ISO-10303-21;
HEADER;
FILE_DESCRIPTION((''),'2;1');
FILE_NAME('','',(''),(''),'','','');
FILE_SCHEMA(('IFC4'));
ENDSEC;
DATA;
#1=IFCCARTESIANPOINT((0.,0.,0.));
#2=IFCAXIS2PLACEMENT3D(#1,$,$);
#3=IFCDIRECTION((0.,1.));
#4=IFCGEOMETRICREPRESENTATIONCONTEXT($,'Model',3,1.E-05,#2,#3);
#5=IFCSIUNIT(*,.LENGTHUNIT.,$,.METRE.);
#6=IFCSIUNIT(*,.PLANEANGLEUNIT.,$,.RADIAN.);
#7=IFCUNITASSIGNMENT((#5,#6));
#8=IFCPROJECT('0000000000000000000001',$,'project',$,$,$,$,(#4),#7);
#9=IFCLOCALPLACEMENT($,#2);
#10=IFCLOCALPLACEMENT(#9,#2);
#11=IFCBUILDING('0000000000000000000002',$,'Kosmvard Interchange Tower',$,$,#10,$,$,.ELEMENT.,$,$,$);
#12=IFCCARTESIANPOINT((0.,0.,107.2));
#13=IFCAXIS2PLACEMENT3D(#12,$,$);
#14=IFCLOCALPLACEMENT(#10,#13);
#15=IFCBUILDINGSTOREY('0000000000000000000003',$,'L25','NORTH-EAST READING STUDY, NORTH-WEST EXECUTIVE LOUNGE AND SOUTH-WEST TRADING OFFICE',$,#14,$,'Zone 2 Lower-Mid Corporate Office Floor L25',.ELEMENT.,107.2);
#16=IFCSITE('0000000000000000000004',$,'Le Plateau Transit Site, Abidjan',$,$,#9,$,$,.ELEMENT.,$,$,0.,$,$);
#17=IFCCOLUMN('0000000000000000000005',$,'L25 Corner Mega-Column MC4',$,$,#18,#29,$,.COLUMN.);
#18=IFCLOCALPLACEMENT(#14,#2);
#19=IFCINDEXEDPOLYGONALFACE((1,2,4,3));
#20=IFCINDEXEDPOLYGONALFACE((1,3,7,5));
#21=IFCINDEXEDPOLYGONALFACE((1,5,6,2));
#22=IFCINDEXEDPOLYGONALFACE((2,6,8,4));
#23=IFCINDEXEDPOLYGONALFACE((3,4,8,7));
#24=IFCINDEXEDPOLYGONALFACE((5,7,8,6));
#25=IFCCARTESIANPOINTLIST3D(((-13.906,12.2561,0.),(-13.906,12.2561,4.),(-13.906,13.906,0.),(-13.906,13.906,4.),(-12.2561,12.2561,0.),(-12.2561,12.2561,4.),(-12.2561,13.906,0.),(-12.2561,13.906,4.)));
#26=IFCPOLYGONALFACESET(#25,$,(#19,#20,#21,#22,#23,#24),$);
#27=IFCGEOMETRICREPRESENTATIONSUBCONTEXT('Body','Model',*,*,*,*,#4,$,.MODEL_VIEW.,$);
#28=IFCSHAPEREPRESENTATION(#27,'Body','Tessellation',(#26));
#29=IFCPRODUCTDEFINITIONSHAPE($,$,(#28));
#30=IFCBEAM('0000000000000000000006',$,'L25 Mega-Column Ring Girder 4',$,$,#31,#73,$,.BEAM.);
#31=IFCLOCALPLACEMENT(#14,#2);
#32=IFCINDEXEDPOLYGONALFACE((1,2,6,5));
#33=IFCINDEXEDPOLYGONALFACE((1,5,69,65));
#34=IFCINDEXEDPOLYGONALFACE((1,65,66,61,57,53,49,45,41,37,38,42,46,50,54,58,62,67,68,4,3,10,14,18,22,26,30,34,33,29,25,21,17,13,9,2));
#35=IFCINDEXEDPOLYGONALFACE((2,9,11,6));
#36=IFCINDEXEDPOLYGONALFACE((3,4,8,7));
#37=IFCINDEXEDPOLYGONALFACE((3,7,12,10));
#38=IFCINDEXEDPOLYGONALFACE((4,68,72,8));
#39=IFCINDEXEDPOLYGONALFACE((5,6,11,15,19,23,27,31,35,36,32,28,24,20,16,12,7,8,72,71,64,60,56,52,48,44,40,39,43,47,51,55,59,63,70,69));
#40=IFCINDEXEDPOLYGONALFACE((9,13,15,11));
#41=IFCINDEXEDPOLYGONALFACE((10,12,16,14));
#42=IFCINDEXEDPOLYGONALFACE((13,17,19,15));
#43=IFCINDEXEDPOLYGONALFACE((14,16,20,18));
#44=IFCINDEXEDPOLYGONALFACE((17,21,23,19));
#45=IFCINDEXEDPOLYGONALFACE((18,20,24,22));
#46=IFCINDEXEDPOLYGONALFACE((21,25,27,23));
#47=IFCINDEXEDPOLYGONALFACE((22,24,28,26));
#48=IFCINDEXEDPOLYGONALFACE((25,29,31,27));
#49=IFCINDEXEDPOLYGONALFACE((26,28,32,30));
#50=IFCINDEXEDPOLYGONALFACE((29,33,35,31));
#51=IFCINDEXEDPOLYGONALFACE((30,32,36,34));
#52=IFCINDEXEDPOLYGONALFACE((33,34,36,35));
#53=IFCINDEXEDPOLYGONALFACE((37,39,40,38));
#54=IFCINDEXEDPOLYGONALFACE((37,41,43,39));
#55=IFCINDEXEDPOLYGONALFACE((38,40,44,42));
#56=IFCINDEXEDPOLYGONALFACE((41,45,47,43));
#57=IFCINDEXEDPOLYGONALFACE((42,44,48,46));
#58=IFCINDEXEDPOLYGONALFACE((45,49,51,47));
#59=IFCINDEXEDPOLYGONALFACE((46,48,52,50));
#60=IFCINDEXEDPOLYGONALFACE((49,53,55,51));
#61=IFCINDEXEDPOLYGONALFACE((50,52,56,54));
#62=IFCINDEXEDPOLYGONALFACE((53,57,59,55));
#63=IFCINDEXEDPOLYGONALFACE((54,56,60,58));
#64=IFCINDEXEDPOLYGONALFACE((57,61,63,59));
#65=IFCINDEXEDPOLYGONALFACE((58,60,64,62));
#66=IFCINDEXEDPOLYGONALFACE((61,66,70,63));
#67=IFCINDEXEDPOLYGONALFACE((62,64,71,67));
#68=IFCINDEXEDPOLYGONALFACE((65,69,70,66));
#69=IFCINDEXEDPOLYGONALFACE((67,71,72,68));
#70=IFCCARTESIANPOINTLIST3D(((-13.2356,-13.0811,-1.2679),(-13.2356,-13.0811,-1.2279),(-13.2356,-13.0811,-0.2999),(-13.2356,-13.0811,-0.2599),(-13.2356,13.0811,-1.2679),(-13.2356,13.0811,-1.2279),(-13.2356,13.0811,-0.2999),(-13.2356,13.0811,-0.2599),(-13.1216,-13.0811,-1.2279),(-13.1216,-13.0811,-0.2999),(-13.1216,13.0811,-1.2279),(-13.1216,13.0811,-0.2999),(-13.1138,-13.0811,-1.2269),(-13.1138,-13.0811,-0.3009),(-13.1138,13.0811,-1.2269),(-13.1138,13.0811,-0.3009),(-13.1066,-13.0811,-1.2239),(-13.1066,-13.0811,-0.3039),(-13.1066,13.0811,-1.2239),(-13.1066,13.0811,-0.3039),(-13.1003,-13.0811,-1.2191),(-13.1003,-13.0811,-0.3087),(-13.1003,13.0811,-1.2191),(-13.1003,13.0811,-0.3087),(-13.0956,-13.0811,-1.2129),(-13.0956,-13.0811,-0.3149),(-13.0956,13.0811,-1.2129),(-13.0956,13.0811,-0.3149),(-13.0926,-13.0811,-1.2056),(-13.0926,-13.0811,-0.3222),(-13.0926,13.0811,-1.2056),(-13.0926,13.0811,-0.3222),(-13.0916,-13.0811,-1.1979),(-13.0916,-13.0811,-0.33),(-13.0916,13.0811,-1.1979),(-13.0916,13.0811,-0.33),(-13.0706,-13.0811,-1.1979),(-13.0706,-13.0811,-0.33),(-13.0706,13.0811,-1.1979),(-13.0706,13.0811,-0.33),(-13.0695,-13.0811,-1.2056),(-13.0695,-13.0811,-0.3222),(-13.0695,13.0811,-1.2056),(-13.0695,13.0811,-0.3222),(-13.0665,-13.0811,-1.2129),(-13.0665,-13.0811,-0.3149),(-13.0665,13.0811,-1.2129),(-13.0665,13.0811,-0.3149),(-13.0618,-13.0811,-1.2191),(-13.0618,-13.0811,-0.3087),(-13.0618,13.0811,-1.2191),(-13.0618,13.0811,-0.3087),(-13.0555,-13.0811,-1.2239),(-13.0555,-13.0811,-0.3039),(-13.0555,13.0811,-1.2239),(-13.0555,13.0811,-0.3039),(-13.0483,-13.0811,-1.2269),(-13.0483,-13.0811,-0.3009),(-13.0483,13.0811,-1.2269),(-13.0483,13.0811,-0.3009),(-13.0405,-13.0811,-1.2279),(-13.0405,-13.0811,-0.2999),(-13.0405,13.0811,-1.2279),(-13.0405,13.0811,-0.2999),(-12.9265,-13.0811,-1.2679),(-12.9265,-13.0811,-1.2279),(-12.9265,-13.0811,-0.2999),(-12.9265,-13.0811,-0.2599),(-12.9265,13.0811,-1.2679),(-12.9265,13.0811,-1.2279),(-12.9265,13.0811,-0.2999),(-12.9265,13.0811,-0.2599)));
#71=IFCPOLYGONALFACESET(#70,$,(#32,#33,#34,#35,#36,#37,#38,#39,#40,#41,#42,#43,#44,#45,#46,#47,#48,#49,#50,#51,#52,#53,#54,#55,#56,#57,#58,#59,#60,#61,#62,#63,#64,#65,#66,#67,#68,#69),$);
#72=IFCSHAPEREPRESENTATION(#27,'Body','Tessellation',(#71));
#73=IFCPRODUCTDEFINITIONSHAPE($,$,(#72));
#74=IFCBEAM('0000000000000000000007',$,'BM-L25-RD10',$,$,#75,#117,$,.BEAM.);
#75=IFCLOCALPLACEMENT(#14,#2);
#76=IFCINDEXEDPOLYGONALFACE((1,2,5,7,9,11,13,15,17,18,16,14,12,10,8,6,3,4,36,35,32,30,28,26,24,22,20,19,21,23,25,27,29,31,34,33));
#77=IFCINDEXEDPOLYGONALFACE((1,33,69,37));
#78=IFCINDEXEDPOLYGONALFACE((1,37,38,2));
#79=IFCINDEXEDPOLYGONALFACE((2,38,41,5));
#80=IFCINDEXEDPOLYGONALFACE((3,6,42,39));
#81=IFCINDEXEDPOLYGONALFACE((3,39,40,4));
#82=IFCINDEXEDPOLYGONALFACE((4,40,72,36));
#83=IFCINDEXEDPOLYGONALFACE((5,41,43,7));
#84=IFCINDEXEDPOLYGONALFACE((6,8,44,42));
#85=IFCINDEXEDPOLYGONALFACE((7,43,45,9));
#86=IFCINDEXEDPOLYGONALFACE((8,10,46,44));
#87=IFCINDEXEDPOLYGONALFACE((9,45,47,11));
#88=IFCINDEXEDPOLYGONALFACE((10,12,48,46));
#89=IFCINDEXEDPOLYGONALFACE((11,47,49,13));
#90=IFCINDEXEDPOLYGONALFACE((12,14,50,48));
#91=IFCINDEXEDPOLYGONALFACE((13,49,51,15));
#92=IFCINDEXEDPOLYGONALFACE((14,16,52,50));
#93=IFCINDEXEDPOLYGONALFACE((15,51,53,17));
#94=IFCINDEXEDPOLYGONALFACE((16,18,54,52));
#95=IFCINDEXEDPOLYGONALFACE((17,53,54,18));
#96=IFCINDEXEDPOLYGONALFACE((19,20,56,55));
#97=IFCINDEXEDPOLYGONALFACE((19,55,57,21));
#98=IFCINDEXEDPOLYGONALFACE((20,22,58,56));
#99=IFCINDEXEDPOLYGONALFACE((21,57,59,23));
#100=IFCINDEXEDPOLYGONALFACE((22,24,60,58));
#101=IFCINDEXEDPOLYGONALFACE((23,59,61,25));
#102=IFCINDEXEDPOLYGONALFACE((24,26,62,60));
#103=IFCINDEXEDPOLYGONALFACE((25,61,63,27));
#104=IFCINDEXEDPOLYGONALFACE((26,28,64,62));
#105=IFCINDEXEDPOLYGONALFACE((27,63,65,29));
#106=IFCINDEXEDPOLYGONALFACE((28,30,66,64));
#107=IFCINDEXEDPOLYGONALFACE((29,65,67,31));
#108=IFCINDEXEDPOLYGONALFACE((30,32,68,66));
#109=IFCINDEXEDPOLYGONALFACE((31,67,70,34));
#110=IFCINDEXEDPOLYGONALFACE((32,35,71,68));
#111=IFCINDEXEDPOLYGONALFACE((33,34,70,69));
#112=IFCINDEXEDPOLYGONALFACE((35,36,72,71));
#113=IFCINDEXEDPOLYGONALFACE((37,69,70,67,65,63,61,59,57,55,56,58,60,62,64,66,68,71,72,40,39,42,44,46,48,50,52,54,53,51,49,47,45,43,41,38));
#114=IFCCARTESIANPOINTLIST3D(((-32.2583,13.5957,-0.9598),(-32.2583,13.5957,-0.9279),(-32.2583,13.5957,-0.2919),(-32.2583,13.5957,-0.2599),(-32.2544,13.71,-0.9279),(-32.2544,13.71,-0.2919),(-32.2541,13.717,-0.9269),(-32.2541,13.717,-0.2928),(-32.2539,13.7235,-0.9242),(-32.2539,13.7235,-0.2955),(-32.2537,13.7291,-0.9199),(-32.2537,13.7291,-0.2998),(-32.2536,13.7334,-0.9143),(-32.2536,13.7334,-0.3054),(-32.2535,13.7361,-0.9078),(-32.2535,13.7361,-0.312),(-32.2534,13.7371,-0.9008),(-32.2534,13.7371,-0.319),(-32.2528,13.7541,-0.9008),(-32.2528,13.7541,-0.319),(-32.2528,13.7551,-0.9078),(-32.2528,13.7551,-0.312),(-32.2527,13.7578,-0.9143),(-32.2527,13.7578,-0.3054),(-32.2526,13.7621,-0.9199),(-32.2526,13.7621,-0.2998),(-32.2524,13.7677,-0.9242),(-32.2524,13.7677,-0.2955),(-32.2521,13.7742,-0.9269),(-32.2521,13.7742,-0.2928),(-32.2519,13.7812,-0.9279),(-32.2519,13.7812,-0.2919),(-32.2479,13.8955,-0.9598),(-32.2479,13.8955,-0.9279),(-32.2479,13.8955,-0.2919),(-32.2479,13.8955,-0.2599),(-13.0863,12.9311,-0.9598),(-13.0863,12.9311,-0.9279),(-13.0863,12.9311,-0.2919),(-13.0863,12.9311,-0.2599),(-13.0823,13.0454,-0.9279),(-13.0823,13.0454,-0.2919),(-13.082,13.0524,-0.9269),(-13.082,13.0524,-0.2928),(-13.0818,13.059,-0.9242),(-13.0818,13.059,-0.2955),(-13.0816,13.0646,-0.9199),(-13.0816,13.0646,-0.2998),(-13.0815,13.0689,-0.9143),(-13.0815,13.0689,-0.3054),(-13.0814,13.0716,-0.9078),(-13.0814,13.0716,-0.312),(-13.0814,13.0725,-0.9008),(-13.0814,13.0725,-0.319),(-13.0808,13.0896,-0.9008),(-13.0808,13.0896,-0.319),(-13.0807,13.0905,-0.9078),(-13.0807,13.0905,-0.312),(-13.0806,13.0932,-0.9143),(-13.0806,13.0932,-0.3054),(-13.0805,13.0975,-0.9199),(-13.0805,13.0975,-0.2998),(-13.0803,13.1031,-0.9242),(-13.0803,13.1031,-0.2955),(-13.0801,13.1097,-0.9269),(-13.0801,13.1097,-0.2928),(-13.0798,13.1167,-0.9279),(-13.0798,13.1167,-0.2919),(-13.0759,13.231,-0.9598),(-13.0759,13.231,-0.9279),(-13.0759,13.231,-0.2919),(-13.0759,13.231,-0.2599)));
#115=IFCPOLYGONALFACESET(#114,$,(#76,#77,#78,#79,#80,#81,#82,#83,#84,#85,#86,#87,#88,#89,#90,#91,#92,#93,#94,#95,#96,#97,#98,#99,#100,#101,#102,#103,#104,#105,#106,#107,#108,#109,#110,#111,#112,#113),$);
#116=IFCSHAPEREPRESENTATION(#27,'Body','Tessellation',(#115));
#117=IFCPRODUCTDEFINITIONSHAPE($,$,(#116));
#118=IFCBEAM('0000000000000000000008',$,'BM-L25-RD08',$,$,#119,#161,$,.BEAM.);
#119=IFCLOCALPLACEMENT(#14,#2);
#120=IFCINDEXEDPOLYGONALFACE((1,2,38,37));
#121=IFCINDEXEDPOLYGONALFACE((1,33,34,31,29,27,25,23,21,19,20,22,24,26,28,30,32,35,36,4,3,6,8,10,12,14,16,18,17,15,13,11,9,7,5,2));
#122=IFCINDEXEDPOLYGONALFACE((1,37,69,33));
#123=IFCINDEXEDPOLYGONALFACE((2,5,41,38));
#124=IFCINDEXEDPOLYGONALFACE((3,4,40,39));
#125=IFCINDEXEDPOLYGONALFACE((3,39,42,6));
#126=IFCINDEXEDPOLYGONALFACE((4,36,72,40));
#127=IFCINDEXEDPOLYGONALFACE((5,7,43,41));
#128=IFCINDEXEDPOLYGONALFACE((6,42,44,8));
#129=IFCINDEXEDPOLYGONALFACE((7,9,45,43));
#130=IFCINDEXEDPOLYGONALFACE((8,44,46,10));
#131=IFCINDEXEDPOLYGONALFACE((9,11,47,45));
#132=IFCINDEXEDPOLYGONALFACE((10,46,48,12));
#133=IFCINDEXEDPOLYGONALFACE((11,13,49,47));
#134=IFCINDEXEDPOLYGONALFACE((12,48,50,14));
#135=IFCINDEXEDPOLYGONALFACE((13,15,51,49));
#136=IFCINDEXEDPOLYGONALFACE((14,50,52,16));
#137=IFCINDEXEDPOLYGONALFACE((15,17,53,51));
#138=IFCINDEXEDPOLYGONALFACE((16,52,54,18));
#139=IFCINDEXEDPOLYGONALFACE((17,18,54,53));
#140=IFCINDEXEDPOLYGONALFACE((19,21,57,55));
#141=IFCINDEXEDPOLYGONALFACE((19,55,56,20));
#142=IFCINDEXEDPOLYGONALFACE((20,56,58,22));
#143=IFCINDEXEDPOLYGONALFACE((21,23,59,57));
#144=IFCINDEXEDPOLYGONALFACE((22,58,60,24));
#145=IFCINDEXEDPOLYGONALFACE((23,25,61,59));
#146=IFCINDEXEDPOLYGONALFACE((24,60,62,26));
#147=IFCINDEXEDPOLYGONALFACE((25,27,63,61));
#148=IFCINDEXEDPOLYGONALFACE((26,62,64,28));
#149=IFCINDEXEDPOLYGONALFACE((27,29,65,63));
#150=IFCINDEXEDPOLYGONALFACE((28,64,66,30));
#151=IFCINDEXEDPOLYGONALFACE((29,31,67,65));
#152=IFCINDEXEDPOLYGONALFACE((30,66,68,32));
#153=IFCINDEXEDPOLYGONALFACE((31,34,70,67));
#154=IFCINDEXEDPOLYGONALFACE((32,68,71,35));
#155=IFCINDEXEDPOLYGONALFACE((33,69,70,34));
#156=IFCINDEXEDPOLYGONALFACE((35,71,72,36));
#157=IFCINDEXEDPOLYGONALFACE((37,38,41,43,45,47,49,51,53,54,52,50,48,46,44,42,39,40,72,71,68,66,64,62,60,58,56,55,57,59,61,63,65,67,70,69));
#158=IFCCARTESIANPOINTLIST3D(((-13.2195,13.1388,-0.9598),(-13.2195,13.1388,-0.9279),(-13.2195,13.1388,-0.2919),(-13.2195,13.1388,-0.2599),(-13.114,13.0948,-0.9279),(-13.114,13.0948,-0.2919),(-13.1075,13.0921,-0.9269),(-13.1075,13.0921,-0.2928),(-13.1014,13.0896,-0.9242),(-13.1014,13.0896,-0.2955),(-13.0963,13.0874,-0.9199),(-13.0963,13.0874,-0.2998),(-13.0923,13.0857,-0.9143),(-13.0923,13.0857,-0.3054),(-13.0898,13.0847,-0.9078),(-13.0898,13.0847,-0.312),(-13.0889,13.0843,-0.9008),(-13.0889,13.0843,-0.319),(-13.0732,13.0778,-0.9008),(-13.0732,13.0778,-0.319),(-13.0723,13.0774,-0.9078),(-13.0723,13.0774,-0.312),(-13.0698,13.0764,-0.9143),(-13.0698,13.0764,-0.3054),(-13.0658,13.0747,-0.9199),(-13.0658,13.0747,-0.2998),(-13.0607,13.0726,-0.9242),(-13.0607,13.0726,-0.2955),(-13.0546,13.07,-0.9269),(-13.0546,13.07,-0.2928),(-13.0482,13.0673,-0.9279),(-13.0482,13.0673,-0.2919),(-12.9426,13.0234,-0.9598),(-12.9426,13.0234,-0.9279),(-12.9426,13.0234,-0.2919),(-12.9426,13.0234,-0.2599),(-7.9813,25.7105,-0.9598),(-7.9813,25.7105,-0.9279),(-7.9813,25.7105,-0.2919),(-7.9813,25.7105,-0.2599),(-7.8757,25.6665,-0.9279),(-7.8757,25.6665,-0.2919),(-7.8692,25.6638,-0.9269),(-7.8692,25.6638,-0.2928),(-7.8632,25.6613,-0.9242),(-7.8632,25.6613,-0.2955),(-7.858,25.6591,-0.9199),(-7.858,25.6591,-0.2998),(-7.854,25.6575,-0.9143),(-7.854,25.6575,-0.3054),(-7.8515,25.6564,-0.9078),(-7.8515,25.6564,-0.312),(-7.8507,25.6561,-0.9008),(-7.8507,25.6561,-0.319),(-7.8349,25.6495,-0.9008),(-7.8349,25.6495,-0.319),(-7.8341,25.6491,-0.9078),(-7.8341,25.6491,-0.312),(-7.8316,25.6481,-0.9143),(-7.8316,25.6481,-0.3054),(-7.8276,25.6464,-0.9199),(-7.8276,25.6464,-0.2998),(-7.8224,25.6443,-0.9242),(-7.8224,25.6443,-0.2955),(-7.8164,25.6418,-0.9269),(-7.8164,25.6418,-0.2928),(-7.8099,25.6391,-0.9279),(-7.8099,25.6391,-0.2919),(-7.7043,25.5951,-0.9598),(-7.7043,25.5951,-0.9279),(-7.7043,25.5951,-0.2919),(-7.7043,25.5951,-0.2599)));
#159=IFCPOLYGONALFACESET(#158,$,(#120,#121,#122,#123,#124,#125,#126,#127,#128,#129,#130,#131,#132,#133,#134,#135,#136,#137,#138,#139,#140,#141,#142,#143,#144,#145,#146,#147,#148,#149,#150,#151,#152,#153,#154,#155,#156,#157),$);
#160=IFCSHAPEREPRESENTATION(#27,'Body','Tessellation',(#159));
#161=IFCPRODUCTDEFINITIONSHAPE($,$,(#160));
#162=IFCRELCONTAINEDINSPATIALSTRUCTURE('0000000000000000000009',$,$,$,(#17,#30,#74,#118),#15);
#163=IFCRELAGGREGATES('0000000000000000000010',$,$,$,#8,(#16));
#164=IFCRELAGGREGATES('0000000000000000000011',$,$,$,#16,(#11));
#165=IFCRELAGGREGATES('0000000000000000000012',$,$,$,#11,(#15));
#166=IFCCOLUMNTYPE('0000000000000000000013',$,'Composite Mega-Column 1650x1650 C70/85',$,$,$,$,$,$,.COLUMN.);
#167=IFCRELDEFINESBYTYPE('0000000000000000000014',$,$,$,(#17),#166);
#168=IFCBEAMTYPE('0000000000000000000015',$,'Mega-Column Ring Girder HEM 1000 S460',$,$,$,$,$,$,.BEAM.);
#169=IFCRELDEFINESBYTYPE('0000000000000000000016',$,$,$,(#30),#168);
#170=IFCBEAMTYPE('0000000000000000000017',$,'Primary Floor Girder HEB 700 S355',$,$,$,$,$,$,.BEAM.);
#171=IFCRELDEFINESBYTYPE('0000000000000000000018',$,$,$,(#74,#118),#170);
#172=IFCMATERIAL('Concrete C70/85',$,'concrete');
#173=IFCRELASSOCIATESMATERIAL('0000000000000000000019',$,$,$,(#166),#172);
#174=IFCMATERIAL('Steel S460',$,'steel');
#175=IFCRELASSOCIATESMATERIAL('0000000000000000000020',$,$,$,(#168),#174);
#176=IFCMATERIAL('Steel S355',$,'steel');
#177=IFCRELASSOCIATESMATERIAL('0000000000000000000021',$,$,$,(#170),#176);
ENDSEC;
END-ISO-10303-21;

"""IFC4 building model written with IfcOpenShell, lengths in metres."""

from ifc_helpers import new_model, si_unit, direction, frame, origin, origin_2d, place, context, subcontext, project, spatial, rectangle, i_section, extrude, source, transform, mapped, material, material_profile, profile_set, type_object, element, save


model = new_model("IFC4")

# Units and contexts
model_context = context("Model", 3, precision=1e-05, world=origin(), true_north=direction((0.0, 1.0)))
body_context = subcontext(model_context, "Body", "Model", "MODEL_VIEW")
ifc_project = project(units=[si_unit("LENGTHUNIT", "METRE"), si_unit("PLANEANGLEUNIT", "RADIAN")], contexts=[model_context])

# Site, building, storey
site_placement = place(None, origin())
site = spatial("IfcSite", under=ifc_project, at=site_placement, Name="Le Plateau Transit Site, Abidjan", CompositionType="ELEMENT", RefElevation=0.0)
building_placement = place(site_placement, origin())
building = spatial("IfcBuilding", under=site, at=building_placement, Name="Kosmvard Interchange Tower", CompositionType="ELEMENT")
storey_placement = place(building_placement, frame((0.0, 0.0, 107.2)))
storey = spatial("IfcBuildingStorey", under=building, at=storey_placement, Name="L25", Description="NORTH-EAST READING STUDY, NORTH-WEST EXECUTIVE LOUNGE AND SOUTH-WEST TRADING OFFICE", LongName="Zone 2 Lower-Mid Corporate Office Floor L25", CompositionType="ELEMENT", Elevation=107.2)

# Column
ifc_material_1 = material(Name="Concrete C70/85", Category="concrete")
ifc_material_profile_1 = material_profile(ifc_material_1, rectangle(XDim=1.6499, YDim=1.6499, at=origin_2d()), Name="MC 1650x1650")
ifc_profile_set_1 = profile_set([ifc_material_profile_1], Name="Concrete C70/85")
column_type = type_object("IfcColumnType", Name="Composite Mega-Column 1650x1650 C70/85", PredefinedType="COLUMN", material=ifc_profile_set_1)
shared_shape_1 = source(origin(), body_context, "Body", "SweptSolid", [
    extrude(rectangle(XDim=1.6499, YDim=1.6499, at=origin_2d()), origin(), (0.0, 0.0, 1.0), 4.0),
])
column_placement = place(storey_placement, frame((-13.0811, 13.0811, 0.0), z_axis=(0.0, 0.0, 1.0), x_axis=(1.0, 0.0, 0.0)))
element("IfcColumn", 1, at=column_placement, inside=storey, type_object=column_type, Name="L25 Corner Mega-Column MC4", PredefinedType="COLUMN", context=body_context, shape_type="MappedRepresentation", body=[
    mapped(shared_shape_1, transform((0.0, 0.0, 0.0), scale=1.0)),
])

# Beams
ifc_material_2 = material(Name="Steel S460", Category="steel")
ifc_material_profile_2 = material_profile(ifc_material_2, i_section(OverallWidth=0.3091, OverallDepth=1.0081, WebThickness=0.021, FlangeThickness=0.04, FilletRadius=0.03, at=origin_2d()), Name="HEM 1000")
ifc_profile_set_2 = profile_set([ifc_material_profile_2], Name="Steel S460")
beam_type_1 = type_object("IfcBeamType", Name="Mega-Column Ring Girder HEM 1000 S460", PredefinedType="BEAM", material=ifc_profile_set_2)
shared_shape_2 = source(origin(), body_context, "Body", "SweptSolid", [
    extrude(i_section(OverallWidth=0.3091, OverallDepth=1.0081, WebThickness=0.021, FlangeThickness=0.04, FilletRadius=0.03, at=origin_2d()), origin(), (0.0, 0.0, 1.0), 26.1621),
])
beam_1_placement = place(storey_placement, frame((-13.0811, 13.0811, -0.7639), z_axis=(0.0, -1.0, 0.0), x_axis=(1.0, 0.0, 0.0)))
element("IfcBeam", 2, at=beam_1_placement, inside=storey, type_object=beam_type_1, Name="L25 Mega-Column Ring Girder 4", PredefinedType="BEAM", context=body_context, shape_type="MappedRepresentation", body=[
    mapped(shared_shape_2, transform((0.0, 0.0, 0.0), scale=1.0)),
])
ifc_material_3 = material(Name="Steel S355", Category="steel")
ifc_material_profile_3 = material_profile(ifc_material_3, i_section(OverallWidth=0.3, OverallDepth=0.7, WebThickness=0.0171, FlangeThickness=0.032, FilletRadius=0.0271, at=origin_2d()), Name="HEB 700")
ifc_profile_set_3 = profile_set([ifc_material_profile_3], Name="Steel S355")
beam_type_2 = type_object("IfcBeamType", Name="Primary Floor Girder HEB 700 S355", PredefinedType="BEAM", material=ifc_profile_set_3)
shared_shape_3 = source(origin(), body_context, "Body", "SweptSolid", [
    extrude(i_section(OverallWidth=0.3, OverallDepth=0.7, WebThickness=0.0171, FlangeThickness=0.032, FilletRadius=0.0271, at=origin_2d()), origin(), (0.0, 0.0, 1.0), 19.1836),
])
beam_2_placement = place(storey_placement, frame((-13.0811, 13.0811, -0.6099), z_axis=(-0.9994, 0.034642, 0.0), x_axis=(-0.034642, -0.9994, 0.0)))
element("IfcBeam", 3, at=beam_2_placement, inside=storey, type_object=beam_type_2, Name="BM-L25-RD10", PredefinedType="BEAM", context=body_context, shape_type="MappedRepresentation", body=[
    mapped(shared_shape_3, transform((0.0, 0.0, 0.0), scale=1.0)),
])
shared_shape_4 = source(origin(), body_context, "Body", "SweptSolid", [
    extrude(i_section(OverallWidth=0.3, OverallDepth=0.7, WebThickness=0.0171, FlangeThickness=0.032, FilletRadius=0.0271, at=origin_2d()), origin(), (0.0, 0.0, 1.0), 13.6194),
])
beam_3_placement = place(storey_placement, frame((-13.0811, 13.0811, -0.6099), z_axis=(0.384618, 0.923076, 0.0), x_axis=(-0.923076, 0.384618, 0.0)))
element("IfcBeam", 4, at=beam_3_placement, inside=storey, type_object=beam_type_2, Name="BM-L25-RD08", PredefinedType="BEAM", context=body_context, shape_type="MappedRepresentation", body=[
    mapped(shared_shape_4, transform((0.0, 0.0, 0.0), scale=1.0)),
])

save(model, "model.ifc")
